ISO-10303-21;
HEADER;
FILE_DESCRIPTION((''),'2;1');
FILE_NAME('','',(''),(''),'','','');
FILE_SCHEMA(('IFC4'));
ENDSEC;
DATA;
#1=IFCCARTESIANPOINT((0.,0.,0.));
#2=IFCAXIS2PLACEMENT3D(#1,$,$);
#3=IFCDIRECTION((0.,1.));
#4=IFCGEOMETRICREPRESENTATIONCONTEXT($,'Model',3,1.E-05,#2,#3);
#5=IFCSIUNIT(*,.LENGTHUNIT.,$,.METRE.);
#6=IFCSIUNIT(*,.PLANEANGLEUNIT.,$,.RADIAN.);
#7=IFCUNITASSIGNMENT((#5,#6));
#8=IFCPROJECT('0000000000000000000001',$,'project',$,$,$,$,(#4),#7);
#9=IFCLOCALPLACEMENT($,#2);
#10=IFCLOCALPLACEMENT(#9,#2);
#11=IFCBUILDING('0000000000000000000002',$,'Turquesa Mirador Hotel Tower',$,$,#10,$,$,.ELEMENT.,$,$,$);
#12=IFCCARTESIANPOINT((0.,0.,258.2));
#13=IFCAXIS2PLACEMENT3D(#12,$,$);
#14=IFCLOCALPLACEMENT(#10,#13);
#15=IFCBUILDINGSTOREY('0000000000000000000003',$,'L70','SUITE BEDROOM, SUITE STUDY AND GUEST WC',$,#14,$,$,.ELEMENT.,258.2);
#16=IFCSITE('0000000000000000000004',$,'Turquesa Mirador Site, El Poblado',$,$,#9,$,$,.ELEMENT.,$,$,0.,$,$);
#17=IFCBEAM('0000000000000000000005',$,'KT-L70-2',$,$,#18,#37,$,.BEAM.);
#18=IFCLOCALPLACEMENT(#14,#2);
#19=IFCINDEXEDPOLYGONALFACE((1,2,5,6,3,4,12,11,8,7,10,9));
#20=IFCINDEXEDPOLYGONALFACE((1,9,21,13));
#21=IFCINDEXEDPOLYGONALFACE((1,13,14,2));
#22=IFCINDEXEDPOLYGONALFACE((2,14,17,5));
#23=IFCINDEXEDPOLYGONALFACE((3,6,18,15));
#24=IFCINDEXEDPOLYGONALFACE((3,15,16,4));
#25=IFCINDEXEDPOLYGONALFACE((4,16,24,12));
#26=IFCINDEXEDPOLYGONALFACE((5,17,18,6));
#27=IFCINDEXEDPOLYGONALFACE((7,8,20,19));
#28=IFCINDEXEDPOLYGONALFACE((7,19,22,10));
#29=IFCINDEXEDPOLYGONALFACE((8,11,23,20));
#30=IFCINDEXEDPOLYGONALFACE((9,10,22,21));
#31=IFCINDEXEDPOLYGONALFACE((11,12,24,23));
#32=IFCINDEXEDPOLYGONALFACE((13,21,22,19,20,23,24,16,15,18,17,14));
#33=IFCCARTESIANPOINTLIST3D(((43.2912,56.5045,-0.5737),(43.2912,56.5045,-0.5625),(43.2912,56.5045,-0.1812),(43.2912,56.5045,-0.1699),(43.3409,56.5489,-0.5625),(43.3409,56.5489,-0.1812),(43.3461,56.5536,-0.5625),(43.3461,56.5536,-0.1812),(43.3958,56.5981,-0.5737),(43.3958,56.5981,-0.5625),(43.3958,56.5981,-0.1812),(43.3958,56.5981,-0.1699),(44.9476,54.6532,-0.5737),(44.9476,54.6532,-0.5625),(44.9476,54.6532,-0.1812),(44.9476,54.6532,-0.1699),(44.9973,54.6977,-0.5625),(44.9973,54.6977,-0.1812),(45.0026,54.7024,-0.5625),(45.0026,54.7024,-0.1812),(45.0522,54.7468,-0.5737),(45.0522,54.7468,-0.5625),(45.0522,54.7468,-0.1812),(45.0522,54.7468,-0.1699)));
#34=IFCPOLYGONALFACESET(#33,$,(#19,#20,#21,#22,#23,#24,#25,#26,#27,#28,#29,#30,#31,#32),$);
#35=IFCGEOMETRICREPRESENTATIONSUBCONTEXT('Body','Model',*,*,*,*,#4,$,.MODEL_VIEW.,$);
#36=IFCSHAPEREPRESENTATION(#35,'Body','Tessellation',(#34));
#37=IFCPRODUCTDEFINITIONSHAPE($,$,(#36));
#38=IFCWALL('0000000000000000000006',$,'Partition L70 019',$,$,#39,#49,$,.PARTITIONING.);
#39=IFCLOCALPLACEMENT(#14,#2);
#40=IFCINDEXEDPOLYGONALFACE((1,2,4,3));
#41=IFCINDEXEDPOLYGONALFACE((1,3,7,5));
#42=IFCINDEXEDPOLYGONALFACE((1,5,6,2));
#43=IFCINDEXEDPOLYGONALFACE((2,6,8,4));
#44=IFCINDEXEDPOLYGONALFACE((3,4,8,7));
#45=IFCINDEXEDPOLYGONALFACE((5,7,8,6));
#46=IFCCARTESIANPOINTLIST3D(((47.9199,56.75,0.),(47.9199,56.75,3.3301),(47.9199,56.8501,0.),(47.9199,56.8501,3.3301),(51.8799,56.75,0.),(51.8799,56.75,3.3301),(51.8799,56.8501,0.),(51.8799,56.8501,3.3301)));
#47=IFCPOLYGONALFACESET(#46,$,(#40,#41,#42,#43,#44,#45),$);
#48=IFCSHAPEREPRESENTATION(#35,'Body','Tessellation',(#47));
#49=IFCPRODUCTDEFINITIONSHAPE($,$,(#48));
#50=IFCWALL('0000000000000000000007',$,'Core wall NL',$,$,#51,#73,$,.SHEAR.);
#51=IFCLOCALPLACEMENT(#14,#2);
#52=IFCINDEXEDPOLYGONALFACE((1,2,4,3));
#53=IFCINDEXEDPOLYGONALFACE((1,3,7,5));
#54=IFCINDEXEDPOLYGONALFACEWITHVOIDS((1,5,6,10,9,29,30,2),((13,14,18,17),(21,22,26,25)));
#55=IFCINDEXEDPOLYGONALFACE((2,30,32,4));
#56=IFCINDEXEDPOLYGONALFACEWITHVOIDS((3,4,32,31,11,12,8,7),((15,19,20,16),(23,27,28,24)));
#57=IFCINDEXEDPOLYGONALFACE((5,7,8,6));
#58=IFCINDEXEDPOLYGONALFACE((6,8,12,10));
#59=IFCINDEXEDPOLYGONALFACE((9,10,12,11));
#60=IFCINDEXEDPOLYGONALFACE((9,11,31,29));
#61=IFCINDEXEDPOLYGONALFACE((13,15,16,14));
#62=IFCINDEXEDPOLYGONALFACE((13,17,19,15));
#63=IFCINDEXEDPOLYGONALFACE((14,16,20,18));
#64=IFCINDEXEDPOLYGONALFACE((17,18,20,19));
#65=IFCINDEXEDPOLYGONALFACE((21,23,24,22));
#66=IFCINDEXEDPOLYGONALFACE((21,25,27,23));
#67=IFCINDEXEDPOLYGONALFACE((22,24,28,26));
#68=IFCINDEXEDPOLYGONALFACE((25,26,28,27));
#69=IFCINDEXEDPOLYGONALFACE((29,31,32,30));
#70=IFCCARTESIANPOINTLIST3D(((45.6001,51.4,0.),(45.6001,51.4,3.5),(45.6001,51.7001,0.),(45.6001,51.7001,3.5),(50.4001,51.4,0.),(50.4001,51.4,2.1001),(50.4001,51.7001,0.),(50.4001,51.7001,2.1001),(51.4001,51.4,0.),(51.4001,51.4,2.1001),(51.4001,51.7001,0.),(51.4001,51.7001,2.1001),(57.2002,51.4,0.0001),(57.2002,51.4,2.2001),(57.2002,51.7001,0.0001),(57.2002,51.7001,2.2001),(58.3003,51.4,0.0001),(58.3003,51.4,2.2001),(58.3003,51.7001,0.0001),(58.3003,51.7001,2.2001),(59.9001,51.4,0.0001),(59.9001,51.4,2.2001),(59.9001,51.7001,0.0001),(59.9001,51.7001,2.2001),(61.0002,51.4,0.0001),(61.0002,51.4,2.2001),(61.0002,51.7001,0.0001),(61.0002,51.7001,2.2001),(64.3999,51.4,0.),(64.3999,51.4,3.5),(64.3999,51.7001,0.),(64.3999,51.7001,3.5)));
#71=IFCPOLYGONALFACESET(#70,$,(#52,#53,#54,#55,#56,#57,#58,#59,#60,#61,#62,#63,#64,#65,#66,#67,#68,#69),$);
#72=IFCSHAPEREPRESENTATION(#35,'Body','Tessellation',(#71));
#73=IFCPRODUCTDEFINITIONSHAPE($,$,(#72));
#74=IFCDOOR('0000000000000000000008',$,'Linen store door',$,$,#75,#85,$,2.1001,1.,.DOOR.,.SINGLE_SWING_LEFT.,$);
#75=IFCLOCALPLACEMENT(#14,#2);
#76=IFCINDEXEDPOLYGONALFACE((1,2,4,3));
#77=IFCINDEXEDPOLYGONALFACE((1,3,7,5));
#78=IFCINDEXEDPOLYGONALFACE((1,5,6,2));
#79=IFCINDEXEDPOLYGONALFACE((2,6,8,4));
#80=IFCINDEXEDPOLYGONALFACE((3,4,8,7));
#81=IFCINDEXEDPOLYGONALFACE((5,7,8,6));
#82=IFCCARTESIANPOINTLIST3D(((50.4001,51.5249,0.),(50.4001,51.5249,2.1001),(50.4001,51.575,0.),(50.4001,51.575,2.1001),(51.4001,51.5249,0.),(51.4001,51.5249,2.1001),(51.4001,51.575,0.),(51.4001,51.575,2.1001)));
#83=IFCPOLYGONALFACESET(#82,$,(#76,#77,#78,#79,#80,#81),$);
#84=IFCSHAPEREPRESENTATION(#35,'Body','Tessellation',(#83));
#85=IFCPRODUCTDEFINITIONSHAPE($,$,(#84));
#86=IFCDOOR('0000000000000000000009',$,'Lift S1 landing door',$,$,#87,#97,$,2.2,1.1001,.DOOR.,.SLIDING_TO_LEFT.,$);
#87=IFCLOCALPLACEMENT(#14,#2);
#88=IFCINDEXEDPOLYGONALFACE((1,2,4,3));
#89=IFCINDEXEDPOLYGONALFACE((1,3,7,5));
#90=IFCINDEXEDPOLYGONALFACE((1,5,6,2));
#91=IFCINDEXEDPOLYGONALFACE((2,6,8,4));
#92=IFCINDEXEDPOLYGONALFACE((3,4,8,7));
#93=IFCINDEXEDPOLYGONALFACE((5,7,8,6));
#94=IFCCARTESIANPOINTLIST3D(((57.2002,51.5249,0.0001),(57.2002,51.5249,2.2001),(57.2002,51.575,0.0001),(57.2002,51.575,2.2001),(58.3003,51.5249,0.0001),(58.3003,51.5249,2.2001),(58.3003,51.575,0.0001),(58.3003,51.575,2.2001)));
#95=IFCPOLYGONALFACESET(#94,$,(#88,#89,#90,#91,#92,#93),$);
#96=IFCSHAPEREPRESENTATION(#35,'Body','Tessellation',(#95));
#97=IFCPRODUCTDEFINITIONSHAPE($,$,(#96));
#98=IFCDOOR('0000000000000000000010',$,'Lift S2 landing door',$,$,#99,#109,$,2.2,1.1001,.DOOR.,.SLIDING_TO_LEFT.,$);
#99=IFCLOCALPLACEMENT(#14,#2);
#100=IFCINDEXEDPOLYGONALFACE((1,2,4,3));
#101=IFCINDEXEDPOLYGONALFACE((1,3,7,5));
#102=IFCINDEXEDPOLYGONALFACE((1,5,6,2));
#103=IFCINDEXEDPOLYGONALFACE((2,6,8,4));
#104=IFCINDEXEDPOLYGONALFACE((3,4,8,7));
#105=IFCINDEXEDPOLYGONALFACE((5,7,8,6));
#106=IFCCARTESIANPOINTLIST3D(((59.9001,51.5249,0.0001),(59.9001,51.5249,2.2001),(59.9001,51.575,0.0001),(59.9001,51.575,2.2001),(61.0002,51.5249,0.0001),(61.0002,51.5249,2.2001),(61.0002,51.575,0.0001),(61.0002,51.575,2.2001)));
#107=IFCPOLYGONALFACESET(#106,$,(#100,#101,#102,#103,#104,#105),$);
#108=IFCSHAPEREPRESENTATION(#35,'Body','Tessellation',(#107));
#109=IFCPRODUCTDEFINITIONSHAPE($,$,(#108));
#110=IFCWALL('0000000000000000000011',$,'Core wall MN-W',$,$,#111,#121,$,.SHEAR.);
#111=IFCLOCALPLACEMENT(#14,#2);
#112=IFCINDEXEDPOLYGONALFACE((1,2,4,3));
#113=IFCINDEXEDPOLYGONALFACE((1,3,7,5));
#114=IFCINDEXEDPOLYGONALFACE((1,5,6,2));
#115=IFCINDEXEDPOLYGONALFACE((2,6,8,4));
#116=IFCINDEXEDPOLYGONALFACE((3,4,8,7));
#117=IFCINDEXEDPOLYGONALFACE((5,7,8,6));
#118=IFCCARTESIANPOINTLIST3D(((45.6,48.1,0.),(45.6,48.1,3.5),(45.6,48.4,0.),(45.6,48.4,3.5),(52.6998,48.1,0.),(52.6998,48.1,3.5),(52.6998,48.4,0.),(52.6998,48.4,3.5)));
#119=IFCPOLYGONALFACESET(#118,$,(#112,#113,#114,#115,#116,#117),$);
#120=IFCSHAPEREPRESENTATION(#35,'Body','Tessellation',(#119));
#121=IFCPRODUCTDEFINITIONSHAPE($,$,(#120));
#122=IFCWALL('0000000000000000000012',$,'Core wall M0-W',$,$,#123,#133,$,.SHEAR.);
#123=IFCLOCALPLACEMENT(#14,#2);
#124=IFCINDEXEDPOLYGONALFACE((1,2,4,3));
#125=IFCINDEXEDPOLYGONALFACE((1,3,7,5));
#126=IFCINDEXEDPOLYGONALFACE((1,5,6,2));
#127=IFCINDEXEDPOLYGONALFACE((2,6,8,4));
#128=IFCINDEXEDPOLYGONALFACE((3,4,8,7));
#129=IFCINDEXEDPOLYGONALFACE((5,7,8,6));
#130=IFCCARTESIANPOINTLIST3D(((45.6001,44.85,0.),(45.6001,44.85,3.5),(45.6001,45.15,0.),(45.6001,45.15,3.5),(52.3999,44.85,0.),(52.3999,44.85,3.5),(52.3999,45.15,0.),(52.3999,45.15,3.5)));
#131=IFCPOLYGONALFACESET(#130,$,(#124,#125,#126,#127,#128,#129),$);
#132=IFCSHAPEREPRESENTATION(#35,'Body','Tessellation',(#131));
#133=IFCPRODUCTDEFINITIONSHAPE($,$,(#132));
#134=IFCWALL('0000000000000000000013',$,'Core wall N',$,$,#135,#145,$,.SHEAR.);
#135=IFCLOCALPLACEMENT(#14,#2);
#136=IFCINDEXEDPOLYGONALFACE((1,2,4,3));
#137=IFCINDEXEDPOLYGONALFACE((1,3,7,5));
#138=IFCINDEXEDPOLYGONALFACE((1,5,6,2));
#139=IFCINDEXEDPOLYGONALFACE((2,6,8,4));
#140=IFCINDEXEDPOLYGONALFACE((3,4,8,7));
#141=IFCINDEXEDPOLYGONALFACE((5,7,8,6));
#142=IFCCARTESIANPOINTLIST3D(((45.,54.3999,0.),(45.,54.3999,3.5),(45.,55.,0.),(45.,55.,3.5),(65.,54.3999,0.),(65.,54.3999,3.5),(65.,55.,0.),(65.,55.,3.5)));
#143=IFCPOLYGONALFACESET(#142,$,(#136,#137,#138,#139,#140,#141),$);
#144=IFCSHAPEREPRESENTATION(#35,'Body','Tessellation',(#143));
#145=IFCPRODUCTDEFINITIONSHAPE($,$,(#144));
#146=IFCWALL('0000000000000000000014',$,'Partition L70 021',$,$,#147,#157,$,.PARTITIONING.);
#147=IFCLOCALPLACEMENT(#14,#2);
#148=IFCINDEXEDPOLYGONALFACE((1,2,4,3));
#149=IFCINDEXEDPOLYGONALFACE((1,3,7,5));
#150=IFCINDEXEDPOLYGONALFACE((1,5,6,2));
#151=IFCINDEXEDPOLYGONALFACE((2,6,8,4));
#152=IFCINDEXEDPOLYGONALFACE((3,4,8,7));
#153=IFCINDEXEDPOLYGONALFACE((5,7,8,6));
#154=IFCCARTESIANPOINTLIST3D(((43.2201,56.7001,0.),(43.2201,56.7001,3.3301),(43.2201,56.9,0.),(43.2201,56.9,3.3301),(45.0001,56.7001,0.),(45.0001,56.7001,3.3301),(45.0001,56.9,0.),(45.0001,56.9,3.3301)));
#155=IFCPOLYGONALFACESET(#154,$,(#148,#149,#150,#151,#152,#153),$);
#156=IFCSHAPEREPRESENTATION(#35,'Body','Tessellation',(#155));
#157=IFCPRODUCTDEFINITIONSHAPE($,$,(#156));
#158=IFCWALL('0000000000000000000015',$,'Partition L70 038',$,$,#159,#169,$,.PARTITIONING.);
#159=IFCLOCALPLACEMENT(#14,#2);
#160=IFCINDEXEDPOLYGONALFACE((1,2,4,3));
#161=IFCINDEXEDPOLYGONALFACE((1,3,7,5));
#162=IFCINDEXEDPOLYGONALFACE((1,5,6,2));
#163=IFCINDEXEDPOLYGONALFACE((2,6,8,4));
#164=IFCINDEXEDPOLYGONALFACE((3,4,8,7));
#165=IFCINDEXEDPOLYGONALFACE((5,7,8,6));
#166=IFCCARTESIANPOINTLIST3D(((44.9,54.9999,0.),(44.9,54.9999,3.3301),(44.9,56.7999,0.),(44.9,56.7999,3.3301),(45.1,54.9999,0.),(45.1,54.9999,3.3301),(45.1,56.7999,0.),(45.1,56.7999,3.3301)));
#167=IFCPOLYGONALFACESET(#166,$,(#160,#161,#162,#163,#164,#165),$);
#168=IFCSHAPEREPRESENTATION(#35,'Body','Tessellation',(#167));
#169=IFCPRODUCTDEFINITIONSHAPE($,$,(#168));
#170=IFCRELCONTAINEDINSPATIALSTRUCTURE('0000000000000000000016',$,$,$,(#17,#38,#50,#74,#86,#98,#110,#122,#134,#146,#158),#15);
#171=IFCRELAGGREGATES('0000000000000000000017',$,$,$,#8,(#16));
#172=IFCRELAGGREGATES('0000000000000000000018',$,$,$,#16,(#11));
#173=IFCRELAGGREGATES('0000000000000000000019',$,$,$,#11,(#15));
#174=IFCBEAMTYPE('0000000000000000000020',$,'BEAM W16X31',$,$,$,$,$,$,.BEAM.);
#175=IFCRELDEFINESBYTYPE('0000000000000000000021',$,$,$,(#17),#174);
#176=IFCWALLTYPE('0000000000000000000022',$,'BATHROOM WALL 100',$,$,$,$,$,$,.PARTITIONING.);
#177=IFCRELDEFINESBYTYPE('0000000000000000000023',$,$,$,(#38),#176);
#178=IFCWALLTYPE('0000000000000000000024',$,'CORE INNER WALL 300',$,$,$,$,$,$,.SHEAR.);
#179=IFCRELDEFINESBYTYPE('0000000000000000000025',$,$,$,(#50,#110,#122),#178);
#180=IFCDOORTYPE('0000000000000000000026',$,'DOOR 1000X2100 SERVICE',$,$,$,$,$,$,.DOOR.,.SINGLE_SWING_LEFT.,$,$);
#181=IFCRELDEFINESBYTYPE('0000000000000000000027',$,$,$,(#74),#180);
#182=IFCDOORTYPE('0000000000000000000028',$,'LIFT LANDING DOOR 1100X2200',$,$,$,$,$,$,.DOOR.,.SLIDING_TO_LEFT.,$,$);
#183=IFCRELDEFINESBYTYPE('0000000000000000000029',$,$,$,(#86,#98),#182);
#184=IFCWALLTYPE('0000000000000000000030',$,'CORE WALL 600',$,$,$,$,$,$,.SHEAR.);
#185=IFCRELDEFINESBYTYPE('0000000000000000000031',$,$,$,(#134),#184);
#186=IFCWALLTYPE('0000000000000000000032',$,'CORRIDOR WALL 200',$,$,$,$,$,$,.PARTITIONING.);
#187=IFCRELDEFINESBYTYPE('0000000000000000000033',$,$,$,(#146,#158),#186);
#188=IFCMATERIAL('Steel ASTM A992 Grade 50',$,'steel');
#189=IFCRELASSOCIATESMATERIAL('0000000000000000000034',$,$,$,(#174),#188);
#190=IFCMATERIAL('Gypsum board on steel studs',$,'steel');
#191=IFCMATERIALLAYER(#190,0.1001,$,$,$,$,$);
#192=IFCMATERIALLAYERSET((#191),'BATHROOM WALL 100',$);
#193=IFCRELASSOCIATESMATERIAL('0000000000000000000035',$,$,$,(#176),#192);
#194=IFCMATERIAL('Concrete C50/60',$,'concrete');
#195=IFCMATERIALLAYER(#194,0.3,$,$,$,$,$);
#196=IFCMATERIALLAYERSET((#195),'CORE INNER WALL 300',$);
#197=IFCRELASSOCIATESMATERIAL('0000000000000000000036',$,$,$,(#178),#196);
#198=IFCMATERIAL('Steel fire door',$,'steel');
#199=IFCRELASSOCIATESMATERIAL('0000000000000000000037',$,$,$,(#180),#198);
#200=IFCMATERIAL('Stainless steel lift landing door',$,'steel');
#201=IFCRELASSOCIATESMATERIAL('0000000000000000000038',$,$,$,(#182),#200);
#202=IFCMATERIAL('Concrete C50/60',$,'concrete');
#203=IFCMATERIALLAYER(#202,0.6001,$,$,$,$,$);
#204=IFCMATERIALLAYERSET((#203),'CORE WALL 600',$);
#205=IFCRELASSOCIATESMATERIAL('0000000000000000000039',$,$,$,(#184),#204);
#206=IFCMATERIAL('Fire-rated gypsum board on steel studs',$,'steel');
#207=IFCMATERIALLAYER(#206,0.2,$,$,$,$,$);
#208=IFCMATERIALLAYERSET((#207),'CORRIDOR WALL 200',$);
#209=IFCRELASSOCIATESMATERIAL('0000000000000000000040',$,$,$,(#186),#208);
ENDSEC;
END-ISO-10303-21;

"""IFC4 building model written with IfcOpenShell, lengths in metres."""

from ifc_helpers import new_model, si_unit, direction, frame, frame_2d, origin, origin_2d, place, context, subcontext, project, spatial, rectangle, i_section, extrude, material, layer, layer_set, material_profile, profile_set, type_object, element, fill, save


model = new_model("IFC4")

# Units and contexts
model_context = context("Model", 3, precision=1e-05, world=origin(), true_north=direction((0.0, 1.0)))
body_context = subcontext(model_context, "Body", "Model", "MODEL_VIEW")
ifc_project = project(units=[si_unit("LENGTHUNIT", "METRE"), si_unit("PLANEANGLEUNIT", "RADIAN")], contexts=[model_context])

# Site, building, storey
site_placement = place(None, origin())
site = spatial("IfcSite", under=ifc_project, at=site_placement, Name="Turquesa Mirador Site, El Poblado", CompositionType="ELEMENT", RefElevation=0.0)
building_placement = place(site_placement, origin())
building = spatial("IfcBuilding", under=site, at=building_placement, Name="Turquesa Mirador Hotel Tower", CompositionType="ELEMENT")
storey_placement = place(building_placement, frame((0.0, 0.0, 258.2)))
storey = spatial("IfcBuildingStorey", under=building, at=storey_placement, Name="L70", Description="SUITE BEDROOM, SUITE STUDY AND GUEST WC", CompositionType="ELEMENT", Elevation=258.2)

# Beam
ifc_material_1 = material(Name="Steel ASTM A992 Grade 50", Category="steel")
ifc_material_profile = material_profile(ifc_material_1, i_section(OverallWidth=0.1404, OverallDepth=0.4038, WebThickness=0.0071, FlangeThickness=0.0112, at=origin_2d()), Name="W16X31")
ifc_profile_set = profile_set([ifc_material_profile], Name="Steel ASTM A992 Grade 50")
beam_type = type_object("IfcBeamType", Name="BEAM W16X31", PredefinedType="BEAM", material=ifc_profile_set)
beam_placement = place(storey_placement, frame((43.3435, 56.5513, -0.3718), z_axis=(0.666806, -0.745231, 0.0), x_axis=(0.745231, 0.666806, 0.0)))
element("IfcBeam", 1, at=beam_placement, inside=storey, type_object=beam_type, Name="KT-L70-2", PredefinedType="BEAM", context=body_context, shape_type="SweptSolid", body=[
    extrude(i_section(OverallWidth=0.1404, OverallDepth=0.4038, WebThickness=0.0071, FlangeThickness=0.0112, at=origin_2d()), origin(), (0.0, 0.0, 1.0), 2.4841),
])

# Wall
ifc_material_2 = material(Name="Gypsum board on steel studs", Category="steel")
ifc_layer_1 = layer(ifc_material_2, 0.1001)
ifc_layer_set_1 = layer_set([ifc_layer_1], Name="BATHROOM WALL 100")
wall_type_1 = type_object("IfcWallType", Name="BATHROOM WALL 100", PredefinedType="PARTITIONING", material=ifc_layer_set_1)
wall_1_placement = place(storey_placement, frame((47.9199, 56.8, 0.0), z_axis=(0.0, 0.0, 1.0), x_axis=(1.0, 0.0, 0.0)))
element("IfcWall", 2, at=wall_1_placement, inside=storey, type_object=wall_type_1, Name="Partition L70 019", PredefinedType="PARTITIONING", context=body_context, shape_type="SweptSolid", body=[
    extrude(rectangle(XDim=3.96, YDim=0.1001, at=frame_2d((1.98, 0.0))), origin(), (0.0, 0.0, 1.0), 3.3301),
])

# Wall, openings, doors
ifc_material_3 = material(Name="Concrete C50/60", Category="concrete")
ifc_layer_2 = layer(ifc_material_3, 0.3)
ifc_layer_set_2 = layer_set([ifc_layer_2], Name="CORE INNER WALL 300")
wall_type_2 = type_object("IfcWallType", Name="CORE INNER WALL 300", PredefinedType="SHEAR", material=ifc_layer_set_2)
wall_2_placement = place(storey_placement, frame((45.6001, 51.55, 0.0), z_axis=(0.0, 0.0, 1.0), x_axis=(1.0, 0.0, 0.0)))
wall_2 = element("IfcWall", 3, at=wall_2_placement, inside=storey, type_object=wall_type_2, Name="Core wall NL", PredefinedType="SHEAR", context=body_context, shape_type="SweptSolid", body=[
    extrude(rectangle(XDim=18.7998, YDim=0.3, at=frame_2d((9.3999, 0.0))), origin(), (0.0, 0.0, 1.0), 3.5),
])
opening_1_placement = place(wall_2_placement, frame((4.8, 0.0, 0.0)))
opening_1 = element("IfcOpeningElement", 4, at=opening_1_placement, cuts=wall_2, PredefinedType="OPENING", context=body_context, shape_type="SweptSolid", body=[
    extrude(rectangle(XDim=1.0, YDim=2.1001, at=frame_2d((0.5, 1.05))), frame((0.0, 0.1599, 0.0), z_axis=(0.0, -1.0, 0.0), x_axis=(1.0, 0.0, 0.0)), (0.0, 0.0, 1.0), 0.3201),
])
opening_2_placement = place(wall_2_placement, frame((11.6001, 0.0, 0.0)))
opening_2 = element("IfcOpeningElement", 5, at=opening_2_placement, cuts=wall_2, PredefinedType="OPENING", context=body_context, shape_type="SweptSolid", body=[
    extrude(rectangle(XDim=1.1001, YDim=2.2, at=frame_2d((0.55, 1.1001))), frame((0.0, 0.1599, 0.0), z_axis=(0.0, -1.0, 0.0), x_axis=(1.0, 0.0, 0.0)), (0.0, 0.0, 1.0), 0.3201),
])
opening_3_placement = place(wall_2_placement, frame((14.3, 0.0, 0.0)))
opening_3 = element("IfcOpeningElement", 6, at=opening_3_placement, cuts=wall_2, PredefinedType="OPENING", context=body_context, shape_type="SweptSolid", body=[
    extrude(rectangle(XDim=1.1001, YDim=2.2, at=frame_2d((0.55, 1.1001))), frame((0.0, 0.1599, 0.0), z_axis=(0.0, -1.0, 0.0), x_axis=(1.0, 0.0, 0.0)), (0.0, 0.0, 1.0), 0.3201),
])
ifc_material_4 = material(Name="Steel fire door", Category="steel")
door_type_1 = type_object("IfcDoorType", Name="DOOR 1000X2100 SERVICE", OperationType="SINGLE_SWING_LEFT", PredefinedType="DOOR", material=ifc_material_4)
door_1_placement = place(opening_1_placement, origin())
door_1 = element("IfcDoor", 7, at=door_1_placement, inside=storey, type_object=door_type_1, Name="Linen store door", OperationType="SINGLE_SWING_LEFT", OverallHeight=2.1001, OverallWidth=1.0, PredefinedType="DOOR", context=body_context, shape_type="SweptSolid", body=[
    extrude(rectangle(XDim=1.0, YDim=2.1001, at=frame_2d((0.5, 1.05))), frame((0.0, 0.0249, 0.0), z_axis=(0.0, -1.0, 0.0), x_axis=(1.0, 0.0, 0.0)), (0.0, 0.0, 1.0), 0.05),
])
fill(opening_1, door_1)
ifc_material_5 = material(Name="Stainless steel lift landing door", Category="steel")
door_type_2 = type_object("IfcDoorType", Name="LIFT LANDING DOOR 1100X2200", OperationType="SLIDING_TO_LEFT", PredefinedType="DOOR", material=ifc_material_5)
door_2_placement = place(opening_2_placement, origin())
door_2 = element("IfcDoor", 8, at=door_2_placement, inside=storey, type_object=door_type_2, Name="Lift S1 landing door", OperationType="SLIDING_TO_LEFT", OverallHeight=2.2, OverallWidth=1.1001, PredefinedType="DOOR", context=body_context, shape_type="SweptSolid", body=[
    extrude(rectangle(XDim=1.1001, YDim=2.2, at=frame_2d((0.55, 1.1001))), frame((0.0, 0.0249, 0.0), z_axis=(0.0, -1.0, 0.0), x_axis=(1.0, 0.0, 0.0)), (0.0, 0.0, 1.0), 0.05),
])
fill(opening_2, door_2)
door_3_placement = place(opening_3_placement, origin())
door_3 = element("IfcDoor", 9, at=door_3_placement, inside=storey, type_object=door_type_2, Name="Lift S2 landing door", OperationType="SLIDING_TO_LEFT", OverallHeight=2.2, OverallWidth=1.1001, PredefinedType="DOOR", context=body_context, shape_type="SweptSolid", body=[
    extrude(rectangle(XDim=1.1001, YDim=2.2, at=frame_2d((0.55, 1.1001))), frame((0.0, 0.0249, 0.0), z_axis=(0.0, -1.0, 0.0), x_axis=(1.0, 0.0, 0.0)), (0.0, 0.0, 1.0), 0.05),
])
fill(opening_3, door_3)

# Walls
wall_3_placement = place(storey_placement, frame((45.6001, 48.25, 0.0), z_axis=(0.0, 0.0, 1.0), x_axis=(1.0, 0.0, 0.0)))
element("IfcWall", 10, at=wall_3_placement, inside=storey, type_object=wall_type_2, Name="Core wall MN-W", PredefinedType="SHEAR", context=body_context, shape_type="SweptSolid", body=[
    extrude(rectangle(XDim=7.0999, YDim=0.3, at=frame_2d((3.5498, 0.0))), origin(), (0.0, 0.0, 1.0), 3.5),
])
wall_4_placement = place(storey_placement, frame((45.6001, 45.0, 0.0), z_axis=(0.0, 0.0, 1.0), x_axis=(1.0, 0.0, 0.0)))
element("IfcWall", 11, at=wall_4_placement, inside=storey, type_object=wall_type_2, Name="Core wall M0-W", PredefinedType="SHEAR", context=body_context, shape_type="SweptSolid", body=[
    extrude(rectangle(XDim=6.7998, YDim=0.3, at=frame_2d((3.3999, 0.0))), origin(), (0.0, 0.0, 1.0), 3.5),
])
ifc_material_6 = material(Name="Concrete C50/60", Category="concrete")
ifc_layer_3 = layer(ifc_material_6, 0.6001)
ifc_layer_set_3 = layer_set([ifc_layer_3], Name="CORE WALL 600")
wall_type_3 = type_object("IfcWallType", Name="CORE WALL 600", PredefinedType="SHEAR", material=ifc_layer_set_3)
wall_5_placement = place(storey_placement, frame((45.0, 54.7, 0.0), z_axis=(0.0, 0.0, 1.0), x_axis=(1.0, 0.0, 0.0)))
element("IfcWall", 12, at=wall_5_placement, inside=storey, type_object=wall_type_3, Name="Core wall N", PredefinedType="SHEAR", context=body_context, shape_type="SweptSolid", body=[
    extrude(rectangle(XDim=20.0, YDim=0.6001, at=frame_2d((10.0, 0.0))), origin(), (0.0, 0.0, 1.0), 3.5),
])
ifc_material_7 = material(Name="Fire-rated gypsum board on steel studs", Category="steel")
ifc_layer_4 = layer(ifc_material_7, 0.2)
ifc_layer_set_4 = layer_set([ifc_layer_4], Name="CORRIDOR WALL 200")
wall_type_4 = type_object("IfcWallType", Name="CORRIDOR WALL 200", PredefinedType="PARTITIONING", material=ifc_layer_set_4)
wall_6_placement = place(storey_placement, frame((43.22, 56.8, 0.0), z_axis=(0.0, 0.0, 1.0), x_axis=(1.0, 0.0, 0.0)))
element("IfcWall", 13, at=wall_6_placement, inside=storey, type_object=wall_type_4, Name="Partition L70 021", PredefinedType="PARTITIONING", context=body_context, shape_type="SweptSolid", body=[
    extrude(rectangle(XDim=1.78, YDim=0.2, at=frame_2d((0.8901, 0.0))), origin(), (0.0, 0.0, 1.0), 3.3301),
])
wall_7_placement = place(storey_placement, frame((45.0, 55.0, 0.0), z_axis=(0.0, 0.0, 1.0), x_axis=(0.0, 1.0, 0.0)))
element("IfcWall", 14, at=wall_7_placement, inside=storey, type_object=wall_type_4, Name="Partition L70 038", PredefinedType="PARTITIONING", context=body_context, shape_type="SweptSolid", body=[
    extrude(rectangle(XDim=1.8, YDim=0.2, at=frame_2d((0.8999, 0.0))), origin(), (0.0, 0.0, 1.0), 3.3301),
])

save(model, "model.ifc")
